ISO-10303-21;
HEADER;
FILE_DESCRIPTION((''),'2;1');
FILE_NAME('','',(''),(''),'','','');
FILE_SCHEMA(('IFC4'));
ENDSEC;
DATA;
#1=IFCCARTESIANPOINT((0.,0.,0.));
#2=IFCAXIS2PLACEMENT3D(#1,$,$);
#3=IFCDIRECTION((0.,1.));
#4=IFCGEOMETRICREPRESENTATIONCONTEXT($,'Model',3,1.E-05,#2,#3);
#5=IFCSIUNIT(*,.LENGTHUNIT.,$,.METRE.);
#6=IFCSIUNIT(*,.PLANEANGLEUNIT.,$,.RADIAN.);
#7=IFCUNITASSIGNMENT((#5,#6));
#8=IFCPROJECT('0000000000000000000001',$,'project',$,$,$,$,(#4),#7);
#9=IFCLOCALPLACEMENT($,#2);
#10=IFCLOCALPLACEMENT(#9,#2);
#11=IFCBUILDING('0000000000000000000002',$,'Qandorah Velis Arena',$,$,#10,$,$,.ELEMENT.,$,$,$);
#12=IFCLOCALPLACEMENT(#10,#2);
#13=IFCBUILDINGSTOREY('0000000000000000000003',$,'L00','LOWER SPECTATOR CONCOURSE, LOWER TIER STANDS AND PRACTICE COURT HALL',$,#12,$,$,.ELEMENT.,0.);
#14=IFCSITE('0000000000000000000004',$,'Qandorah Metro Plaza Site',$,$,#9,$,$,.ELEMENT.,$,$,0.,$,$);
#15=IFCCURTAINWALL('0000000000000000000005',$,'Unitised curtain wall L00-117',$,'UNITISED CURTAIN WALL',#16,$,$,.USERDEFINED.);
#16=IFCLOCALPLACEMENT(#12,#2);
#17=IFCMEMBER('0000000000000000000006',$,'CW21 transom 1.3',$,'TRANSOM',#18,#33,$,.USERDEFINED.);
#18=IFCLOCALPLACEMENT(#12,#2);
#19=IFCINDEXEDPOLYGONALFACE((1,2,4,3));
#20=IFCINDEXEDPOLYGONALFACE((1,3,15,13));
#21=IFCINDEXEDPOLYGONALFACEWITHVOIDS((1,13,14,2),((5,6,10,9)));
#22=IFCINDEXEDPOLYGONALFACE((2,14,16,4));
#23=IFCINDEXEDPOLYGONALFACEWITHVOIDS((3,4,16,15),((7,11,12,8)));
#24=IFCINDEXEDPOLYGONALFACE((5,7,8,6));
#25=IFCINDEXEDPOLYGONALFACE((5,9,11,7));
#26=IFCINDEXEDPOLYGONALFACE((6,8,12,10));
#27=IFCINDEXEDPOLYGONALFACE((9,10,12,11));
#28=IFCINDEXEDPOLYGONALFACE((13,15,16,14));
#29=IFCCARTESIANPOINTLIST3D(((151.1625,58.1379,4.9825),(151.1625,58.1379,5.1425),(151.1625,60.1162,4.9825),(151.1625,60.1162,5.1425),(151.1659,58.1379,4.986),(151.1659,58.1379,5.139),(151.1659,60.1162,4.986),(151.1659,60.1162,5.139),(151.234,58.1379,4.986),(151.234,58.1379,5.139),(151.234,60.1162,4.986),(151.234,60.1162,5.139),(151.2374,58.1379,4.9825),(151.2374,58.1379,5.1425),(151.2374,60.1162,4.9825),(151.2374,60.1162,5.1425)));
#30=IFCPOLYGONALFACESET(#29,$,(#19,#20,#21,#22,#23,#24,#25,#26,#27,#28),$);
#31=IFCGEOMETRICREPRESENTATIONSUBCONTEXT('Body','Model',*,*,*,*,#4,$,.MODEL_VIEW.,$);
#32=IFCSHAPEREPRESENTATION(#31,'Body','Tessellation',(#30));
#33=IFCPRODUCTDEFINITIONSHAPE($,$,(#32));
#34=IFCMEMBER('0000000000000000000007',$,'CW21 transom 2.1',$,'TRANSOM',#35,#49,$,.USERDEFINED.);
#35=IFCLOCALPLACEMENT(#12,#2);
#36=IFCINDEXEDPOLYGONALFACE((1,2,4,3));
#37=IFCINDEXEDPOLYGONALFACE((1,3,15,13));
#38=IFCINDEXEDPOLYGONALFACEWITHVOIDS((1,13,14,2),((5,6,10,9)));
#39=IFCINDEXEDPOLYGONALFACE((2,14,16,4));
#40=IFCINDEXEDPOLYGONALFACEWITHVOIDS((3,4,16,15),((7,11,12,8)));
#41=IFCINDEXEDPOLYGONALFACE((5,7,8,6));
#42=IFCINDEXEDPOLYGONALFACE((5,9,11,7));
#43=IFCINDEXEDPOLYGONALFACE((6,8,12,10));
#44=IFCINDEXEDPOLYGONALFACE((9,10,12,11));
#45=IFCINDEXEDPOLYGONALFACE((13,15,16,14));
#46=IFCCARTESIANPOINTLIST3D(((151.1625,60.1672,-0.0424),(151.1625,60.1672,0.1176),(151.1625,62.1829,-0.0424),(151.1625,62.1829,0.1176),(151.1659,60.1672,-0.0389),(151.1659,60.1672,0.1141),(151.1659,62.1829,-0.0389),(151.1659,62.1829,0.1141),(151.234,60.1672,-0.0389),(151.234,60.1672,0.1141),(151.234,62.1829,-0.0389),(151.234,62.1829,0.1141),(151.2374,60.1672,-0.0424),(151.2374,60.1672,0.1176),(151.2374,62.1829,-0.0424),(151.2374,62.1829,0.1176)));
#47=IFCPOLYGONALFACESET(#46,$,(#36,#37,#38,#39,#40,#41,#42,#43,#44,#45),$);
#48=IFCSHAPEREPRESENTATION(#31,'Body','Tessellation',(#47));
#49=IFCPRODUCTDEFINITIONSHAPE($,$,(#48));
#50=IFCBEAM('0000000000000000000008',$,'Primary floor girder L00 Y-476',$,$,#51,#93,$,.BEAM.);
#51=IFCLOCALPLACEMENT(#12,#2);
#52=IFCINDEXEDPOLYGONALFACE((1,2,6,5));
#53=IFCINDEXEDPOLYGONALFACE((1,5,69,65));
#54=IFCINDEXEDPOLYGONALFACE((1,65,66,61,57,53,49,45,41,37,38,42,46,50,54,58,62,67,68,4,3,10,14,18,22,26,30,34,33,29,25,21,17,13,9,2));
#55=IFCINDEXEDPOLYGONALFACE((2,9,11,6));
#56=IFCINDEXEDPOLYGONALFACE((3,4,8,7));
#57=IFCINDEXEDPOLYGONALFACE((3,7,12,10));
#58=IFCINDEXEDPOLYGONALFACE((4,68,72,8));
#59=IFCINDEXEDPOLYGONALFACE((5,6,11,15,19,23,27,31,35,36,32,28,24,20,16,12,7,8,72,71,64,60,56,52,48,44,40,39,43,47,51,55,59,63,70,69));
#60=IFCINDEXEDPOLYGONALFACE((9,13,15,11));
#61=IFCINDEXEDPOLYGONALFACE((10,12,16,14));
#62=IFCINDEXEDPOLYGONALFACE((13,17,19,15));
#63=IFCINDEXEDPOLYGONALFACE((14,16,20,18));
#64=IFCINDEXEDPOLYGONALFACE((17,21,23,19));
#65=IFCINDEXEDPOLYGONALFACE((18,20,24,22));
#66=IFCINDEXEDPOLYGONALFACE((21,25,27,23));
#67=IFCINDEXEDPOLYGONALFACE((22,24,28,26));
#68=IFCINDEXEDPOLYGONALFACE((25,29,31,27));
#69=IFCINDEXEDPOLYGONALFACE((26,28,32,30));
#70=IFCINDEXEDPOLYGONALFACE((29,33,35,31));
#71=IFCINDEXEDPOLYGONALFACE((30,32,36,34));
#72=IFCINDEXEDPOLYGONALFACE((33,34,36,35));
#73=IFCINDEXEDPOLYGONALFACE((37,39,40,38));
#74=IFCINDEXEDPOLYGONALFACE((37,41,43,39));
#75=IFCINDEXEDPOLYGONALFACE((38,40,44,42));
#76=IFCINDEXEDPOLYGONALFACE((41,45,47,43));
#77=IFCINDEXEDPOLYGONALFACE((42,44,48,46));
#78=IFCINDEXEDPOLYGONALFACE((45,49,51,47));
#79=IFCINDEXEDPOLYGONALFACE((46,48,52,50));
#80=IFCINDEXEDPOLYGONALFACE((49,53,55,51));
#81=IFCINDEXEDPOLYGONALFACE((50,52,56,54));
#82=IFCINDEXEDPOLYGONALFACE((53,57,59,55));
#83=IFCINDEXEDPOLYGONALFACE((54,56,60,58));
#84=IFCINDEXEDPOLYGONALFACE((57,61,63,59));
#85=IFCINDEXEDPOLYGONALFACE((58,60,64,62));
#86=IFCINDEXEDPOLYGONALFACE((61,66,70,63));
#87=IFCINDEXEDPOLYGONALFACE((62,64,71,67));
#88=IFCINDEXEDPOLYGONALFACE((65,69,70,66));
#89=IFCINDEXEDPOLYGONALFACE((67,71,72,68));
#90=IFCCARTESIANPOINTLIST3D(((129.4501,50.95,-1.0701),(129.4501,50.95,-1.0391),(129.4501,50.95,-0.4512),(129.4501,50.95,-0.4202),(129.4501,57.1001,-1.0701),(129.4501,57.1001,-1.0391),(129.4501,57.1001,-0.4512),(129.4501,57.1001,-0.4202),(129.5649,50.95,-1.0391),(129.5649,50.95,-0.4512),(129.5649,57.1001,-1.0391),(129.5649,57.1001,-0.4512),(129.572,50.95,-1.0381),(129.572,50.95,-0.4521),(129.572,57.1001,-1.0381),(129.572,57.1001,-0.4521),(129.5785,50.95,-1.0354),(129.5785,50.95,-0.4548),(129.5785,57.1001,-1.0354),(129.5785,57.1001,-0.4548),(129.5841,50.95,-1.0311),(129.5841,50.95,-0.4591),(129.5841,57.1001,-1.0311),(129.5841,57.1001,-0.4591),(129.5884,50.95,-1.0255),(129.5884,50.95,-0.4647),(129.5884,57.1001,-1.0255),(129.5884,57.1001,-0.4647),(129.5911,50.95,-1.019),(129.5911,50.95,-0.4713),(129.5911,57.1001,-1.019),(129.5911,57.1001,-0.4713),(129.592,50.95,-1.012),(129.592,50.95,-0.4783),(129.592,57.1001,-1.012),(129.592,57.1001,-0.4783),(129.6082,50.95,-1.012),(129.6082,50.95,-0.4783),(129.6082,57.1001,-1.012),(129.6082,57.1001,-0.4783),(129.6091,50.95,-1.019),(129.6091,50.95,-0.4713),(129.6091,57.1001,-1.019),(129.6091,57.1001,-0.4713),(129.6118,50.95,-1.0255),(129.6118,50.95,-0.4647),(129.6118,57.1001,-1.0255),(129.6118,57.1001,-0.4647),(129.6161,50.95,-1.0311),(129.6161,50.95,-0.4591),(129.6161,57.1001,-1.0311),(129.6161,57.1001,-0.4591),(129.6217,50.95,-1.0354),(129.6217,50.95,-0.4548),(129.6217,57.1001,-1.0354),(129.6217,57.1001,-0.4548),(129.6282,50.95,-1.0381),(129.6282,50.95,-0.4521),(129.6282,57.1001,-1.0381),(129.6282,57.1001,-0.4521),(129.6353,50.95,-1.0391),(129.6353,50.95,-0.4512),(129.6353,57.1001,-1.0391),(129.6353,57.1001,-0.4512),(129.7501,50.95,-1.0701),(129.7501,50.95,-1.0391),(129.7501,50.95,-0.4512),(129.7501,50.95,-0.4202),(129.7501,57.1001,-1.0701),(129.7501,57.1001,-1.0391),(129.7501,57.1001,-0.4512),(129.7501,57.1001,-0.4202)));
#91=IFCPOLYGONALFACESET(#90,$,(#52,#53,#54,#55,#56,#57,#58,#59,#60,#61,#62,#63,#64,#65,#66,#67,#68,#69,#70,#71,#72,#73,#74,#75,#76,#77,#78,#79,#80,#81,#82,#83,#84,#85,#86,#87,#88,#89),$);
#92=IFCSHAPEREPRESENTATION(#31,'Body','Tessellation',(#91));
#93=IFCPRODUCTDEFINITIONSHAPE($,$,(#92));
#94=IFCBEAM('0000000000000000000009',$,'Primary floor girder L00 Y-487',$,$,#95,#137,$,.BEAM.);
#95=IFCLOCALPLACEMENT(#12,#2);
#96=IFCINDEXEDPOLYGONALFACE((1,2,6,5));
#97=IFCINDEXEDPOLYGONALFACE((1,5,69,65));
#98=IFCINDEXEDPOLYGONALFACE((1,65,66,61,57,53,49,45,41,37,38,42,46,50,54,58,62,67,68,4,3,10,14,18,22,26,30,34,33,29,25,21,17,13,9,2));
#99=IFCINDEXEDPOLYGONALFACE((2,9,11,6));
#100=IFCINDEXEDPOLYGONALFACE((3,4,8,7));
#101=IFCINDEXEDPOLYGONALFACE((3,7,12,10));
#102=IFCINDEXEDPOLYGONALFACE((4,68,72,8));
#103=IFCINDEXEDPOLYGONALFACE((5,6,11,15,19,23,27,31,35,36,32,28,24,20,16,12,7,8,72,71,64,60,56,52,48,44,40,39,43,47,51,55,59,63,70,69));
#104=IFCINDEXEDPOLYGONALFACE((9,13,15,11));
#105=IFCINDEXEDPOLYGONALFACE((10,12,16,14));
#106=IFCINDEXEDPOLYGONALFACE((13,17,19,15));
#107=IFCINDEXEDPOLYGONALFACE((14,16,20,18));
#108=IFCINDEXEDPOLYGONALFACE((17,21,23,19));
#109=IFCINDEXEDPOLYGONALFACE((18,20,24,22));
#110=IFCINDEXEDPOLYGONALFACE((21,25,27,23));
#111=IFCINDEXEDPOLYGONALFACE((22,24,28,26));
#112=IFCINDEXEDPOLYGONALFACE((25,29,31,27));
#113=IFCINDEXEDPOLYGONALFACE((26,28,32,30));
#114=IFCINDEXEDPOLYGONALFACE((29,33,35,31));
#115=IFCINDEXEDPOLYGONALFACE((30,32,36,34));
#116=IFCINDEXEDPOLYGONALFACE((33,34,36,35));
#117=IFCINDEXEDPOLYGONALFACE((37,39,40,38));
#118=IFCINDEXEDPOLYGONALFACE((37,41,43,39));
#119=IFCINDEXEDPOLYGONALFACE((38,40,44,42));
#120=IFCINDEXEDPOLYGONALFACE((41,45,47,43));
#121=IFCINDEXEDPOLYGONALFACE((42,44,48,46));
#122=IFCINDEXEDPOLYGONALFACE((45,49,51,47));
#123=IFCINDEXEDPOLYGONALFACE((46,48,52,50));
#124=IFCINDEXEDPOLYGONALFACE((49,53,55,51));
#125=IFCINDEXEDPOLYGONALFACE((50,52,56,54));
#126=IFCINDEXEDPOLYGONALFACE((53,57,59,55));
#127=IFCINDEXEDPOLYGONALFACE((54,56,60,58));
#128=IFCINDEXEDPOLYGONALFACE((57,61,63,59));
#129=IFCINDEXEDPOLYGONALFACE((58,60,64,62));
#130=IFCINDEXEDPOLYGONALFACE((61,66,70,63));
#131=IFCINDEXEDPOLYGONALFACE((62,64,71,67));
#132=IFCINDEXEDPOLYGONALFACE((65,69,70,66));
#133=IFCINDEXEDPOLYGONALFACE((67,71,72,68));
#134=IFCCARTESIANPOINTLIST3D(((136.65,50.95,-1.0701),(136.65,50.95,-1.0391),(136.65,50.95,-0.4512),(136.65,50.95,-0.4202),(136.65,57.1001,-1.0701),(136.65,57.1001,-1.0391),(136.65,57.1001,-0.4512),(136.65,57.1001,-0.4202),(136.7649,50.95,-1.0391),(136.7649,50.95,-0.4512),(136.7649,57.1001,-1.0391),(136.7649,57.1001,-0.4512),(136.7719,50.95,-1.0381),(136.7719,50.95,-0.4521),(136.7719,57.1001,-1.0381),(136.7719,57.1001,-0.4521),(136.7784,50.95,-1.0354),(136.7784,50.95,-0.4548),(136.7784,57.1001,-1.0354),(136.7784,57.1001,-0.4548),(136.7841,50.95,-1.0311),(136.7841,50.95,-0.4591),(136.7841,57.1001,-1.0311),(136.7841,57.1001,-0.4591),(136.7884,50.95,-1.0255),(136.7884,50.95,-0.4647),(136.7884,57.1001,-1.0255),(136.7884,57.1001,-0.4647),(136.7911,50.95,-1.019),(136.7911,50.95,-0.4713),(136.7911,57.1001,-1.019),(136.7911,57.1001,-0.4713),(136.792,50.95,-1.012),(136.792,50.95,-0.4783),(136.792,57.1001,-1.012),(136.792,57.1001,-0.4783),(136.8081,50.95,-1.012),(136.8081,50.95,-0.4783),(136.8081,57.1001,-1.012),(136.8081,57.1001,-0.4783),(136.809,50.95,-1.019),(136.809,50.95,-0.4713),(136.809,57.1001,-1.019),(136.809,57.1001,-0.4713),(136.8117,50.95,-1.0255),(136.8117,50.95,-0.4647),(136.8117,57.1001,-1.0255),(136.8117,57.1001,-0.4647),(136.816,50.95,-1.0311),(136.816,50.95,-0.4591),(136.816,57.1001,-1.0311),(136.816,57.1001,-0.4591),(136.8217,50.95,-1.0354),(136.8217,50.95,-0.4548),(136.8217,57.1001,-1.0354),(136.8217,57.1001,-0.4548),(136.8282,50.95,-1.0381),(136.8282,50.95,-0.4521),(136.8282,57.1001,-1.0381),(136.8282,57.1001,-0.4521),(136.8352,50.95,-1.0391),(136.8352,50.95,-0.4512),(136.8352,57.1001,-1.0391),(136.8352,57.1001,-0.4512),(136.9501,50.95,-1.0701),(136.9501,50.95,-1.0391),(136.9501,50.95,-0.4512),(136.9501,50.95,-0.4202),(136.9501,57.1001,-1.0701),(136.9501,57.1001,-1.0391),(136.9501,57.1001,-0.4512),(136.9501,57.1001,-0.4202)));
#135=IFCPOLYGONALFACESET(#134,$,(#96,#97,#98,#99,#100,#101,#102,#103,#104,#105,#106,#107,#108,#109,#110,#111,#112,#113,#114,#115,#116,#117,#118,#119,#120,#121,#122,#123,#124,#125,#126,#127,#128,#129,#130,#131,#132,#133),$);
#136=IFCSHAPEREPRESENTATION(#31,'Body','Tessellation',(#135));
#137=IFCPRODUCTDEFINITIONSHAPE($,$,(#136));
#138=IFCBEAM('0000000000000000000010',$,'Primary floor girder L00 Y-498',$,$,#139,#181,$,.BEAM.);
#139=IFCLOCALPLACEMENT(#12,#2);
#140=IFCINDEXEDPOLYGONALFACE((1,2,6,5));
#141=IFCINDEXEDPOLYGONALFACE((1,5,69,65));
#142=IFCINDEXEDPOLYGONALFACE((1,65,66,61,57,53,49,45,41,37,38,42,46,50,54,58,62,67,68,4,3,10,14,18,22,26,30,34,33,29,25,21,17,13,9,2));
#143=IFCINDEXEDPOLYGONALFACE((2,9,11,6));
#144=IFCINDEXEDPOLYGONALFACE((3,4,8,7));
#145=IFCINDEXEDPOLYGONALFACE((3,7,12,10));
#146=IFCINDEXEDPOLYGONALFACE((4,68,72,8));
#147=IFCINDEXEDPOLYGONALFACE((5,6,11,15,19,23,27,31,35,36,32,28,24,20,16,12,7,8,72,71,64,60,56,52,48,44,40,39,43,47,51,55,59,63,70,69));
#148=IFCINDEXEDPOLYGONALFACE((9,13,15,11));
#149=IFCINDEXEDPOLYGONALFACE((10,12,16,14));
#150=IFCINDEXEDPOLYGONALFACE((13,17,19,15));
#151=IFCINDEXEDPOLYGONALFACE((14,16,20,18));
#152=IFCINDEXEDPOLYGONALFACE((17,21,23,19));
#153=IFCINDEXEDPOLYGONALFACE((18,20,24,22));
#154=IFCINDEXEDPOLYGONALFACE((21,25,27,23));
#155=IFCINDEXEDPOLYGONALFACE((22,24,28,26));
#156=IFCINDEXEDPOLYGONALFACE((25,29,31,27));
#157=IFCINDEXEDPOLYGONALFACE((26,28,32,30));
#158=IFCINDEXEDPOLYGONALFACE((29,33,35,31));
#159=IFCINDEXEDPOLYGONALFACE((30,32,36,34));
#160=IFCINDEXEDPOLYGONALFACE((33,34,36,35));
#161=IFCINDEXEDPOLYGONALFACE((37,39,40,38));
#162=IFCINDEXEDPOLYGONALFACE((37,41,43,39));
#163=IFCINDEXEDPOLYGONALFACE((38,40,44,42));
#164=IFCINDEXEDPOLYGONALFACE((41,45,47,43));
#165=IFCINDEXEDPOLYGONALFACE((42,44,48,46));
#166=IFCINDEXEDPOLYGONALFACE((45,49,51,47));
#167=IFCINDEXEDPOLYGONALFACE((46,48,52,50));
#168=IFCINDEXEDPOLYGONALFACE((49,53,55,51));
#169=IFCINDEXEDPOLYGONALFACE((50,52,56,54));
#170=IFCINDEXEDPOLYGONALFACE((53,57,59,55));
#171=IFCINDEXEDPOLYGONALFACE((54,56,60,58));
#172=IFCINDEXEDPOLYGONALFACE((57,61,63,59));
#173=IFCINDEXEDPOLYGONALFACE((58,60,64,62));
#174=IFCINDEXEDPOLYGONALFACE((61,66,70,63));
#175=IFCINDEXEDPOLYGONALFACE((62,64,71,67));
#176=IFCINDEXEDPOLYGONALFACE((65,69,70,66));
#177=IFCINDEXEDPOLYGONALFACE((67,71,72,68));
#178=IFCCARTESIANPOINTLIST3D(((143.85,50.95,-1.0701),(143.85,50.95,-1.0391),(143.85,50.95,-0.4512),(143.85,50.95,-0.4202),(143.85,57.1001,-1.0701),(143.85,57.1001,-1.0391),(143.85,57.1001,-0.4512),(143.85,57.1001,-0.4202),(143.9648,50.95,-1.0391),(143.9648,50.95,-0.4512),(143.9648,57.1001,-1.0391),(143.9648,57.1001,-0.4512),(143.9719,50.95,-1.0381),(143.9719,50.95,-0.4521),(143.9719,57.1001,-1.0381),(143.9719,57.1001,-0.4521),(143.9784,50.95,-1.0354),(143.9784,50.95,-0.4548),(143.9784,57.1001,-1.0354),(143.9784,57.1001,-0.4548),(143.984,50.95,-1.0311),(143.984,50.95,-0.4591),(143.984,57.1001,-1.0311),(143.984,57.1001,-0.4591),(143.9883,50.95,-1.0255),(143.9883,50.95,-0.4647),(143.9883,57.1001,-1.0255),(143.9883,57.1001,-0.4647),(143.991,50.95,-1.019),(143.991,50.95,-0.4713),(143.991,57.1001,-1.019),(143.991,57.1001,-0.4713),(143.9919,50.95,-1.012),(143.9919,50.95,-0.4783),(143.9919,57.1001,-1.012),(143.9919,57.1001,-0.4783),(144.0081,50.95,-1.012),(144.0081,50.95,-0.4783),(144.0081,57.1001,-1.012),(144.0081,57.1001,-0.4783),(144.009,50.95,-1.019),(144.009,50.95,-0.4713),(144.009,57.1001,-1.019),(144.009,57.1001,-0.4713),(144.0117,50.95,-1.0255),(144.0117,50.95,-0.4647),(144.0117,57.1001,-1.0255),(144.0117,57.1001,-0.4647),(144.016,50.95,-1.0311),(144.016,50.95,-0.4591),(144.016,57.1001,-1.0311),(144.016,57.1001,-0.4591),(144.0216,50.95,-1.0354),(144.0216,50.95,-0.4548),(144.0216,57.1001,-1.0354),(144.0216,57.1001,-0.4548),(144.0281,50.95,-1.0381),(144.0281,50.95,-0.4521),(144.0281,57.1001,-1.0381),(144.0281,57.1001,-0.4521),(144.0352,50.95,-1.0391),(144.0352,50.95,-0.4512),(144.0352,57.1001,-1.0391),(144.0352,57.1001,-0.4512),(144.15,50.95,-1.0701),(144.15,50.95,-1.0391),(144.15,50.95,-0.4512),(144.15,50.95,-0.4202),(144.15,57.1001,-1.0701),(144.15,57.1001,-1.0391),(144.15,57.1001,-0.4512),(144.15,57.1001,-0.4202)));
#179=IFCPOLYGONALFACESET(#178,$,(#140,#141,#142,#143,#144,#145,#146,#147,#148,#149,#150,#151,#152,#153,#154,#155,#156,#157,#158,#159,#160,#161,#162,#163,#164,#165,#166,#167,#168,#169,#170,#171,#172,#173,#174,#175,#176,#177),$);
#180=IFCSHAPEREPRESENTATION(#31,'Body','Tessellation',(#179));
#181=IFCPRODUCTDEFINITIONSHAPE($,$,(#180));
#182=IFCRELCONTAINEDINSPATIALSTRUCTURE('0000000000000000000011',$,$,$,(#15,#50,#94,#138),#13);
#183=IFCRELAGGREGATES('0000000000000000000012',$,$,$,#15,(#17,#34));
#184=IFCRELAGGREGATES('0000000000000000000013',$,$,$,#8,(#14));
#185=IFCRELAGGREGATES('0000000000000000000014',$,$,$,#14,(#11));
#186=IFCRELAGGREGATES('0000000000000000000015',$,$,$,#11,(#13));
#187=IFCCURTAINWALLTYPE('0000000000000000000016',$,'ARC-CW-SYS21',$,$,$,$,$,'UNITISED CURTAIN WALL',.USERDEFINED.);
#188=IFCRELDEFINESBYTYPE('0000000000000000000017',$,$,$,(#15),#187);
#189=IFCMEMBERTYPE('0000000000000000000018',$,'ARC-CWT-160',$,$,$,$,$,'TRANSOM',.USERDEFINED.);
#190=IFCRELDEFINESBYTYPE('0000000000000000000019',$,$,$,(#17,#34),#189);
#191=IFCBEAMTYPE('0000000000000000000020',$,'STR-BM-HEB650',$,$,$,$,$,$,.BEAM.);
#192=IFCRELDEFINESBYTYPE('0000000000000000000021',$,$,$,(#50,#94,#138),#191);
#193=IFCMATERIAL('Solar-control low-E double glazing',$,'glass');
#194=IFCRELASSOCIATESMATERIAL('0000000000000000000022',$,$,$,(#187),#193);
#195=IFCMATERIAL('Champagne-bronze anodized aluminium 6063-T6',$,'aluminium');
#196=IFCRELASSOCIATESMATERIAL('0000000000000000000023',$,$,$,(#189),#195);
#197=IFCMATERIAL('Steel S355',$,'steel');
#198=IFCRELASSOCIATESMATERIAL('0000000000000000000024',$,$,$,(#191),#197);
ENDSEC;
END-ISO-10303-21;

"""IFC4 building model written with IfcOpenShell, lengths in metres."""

from ifc_helpers import new_model, si_unit, direction, frame, origin, origin_2d, place, context, subcontext, project, spatial, hollow_rectangle, i_section, extrude, material, material_profile, profile_set, type_object, element, aggregate, save


model = new_model("IFC4")

# Units and contexts
model_context = context("Model", 3, precision=1e-05, world=origin(), true_north=direction((0.0, 1.0)))
body_context = subcontext(model_context, "Body", "Model", "MODEL_VIEW")
ifc_project = project(units=[si_unit("LENGTHUNIT", "METRE"), si_unit("PLANEANGLEUNIT", "RADIAN")], contexts=[model_context])

# Site, building, storey
site_placement = place(None, origin())
site = spatial("IfcSite", under=ifc_project, at=site_placement, Name="Qandorah Metro Plaza Site", CompositionType="ELEMENT", RefElevation=0.0)
building_placement = place(site_placement, origin())
building = spatial("IfcBuilding", under=site, at=building_placement, Name="Qandorah Velis Arena", CompositionType="ELEMENT")
storey_placement = place(building_placement, origin())
storey = spatial("IfcBuildingStorey", under=building, at=storey_placement, Name="L00", Description="LOWER SPECTATOR CONCOURSE, LOWER TIER STANDS AND PRACTICE COURT HALL", CompositionType="ELEMENT", Elevation=0.0)

# Curtain wall, members
ifc_material_1 = material(Name="Solar-control low-E double glazing", Category="glass")
curtain_wall_type = type_object("IfcCurtainWallType", Name="ARC-CW-SYS21", ElementType="UNITISED CURTAIN WALL", PredefinedType="USERDEFINED", material=ifc_material_1)
curtain_wall_placement = place(storey_placement, origin())
curtain_wall = element("IfcCurtainWall", 1, at=curtain_wall_placement, inside=storey, type_object=curtain_wall_type, Name="Unitised curtain wall L00-117", ObjectType="UNITISED CURTAIN WALL", PredefinedType="USERDEFINED")
ifc_material_2 = material(Name="Champagne-bronze anodized aluminium 6063-T6", Category="aluminium")
ifc_material_profile_1 = material_profile(ifc_material_2, hollow_rectangle(XDim=0.075, YDim=0.1599, WallThickness=0.0034, at=origin_2d()), Name="ALU TRANSOM 75x160")
ifc_profile_set_1 = profile_set([ifc_material_profile_1], Name="Champagne-bronze anodized aluminium 6063-T6")
member_type_1 = type_object("IfcMemberType", Name="ARC-CWT-160", ElementType="TRANSOM", PredefinedType="USERDEFINED", material=ifc_profile_set_1)
member_1_placement = place(storey_placement, frame((151.2, 58.1379, 5.0625), z_axis=(0.0, 1.0, 0.0), x_axis=(-1.0, 0.0, 0.0)))
member_1 = element("IfcMember", 2, at=member_1_placement, type_object=member_type_1, Name="CW21 transom 1.3", ObjectType="TRANSOM", PredefinedType="USERDEFINED", context=body_context, shape_type="SweptSolid", body=[
    extrude(hollow_rectangle(XDim=0.075, YDim=0.1599, WallThickness=0.0034, at=origin_2d()), origin(), (0.0, 0.0, 1.0), 1.9783),
])
member_2_placement = place(storey_placement, frame((151.2, 60.1672, 0.0376), z_axis=(0.0, 1.0, 0.0), x_axis=(-1.0, 0.0, 0.0)))
member_2 = element("IfcMember", 3, at=member_2_placement, type_object=member_type_1, Name="CW21 transom 2.1", ObjectType="TRANSOM", PredefinedType="USERDEFINED", context=body_context, shape_type="SweptSolid", body=[
    extrude(hollow_rectangle(XDim=0.075, YDim=0.1599, WallThickness=0.0034, at=origin_2d()), origin(), (0.0, 0.0, 1.0), 2.0156),
])

# Beams
ifc_material_3 = material(Name="Steel S355", Category="steel")
ifc_material_profile_2 = material_profile(ifc_material_3, i_section(OverallWidth=0.3, OverallDepth=0.6499, WebThickness=0.0161, FlangeThickness=0.031, FilletRadius=0.0271, at=origin_2d()), Name="HEB 650")
ifc_profile_set_2 = profile_set([ifc_material_profile_2], Name="Steel S355")
beam_type_1 = type_object("IfcBeamType", Name="STR-BM-HEB650", PredefinedType="BEAM", material=ifc_profile_set_2)
for number, where, z_axis, x_axis, name in (
    (4, (129.6001, 50.95, -0.7451), (0.0, 1.0, 0.0), (-1.0, 0.0, 0.0), "Primary floor girder L00 Y-476"),
    (5, (136.8, 50.95, -0.7451), (0.0, 1.0, 0.0), (-1.0, 0.0, 0.0), "Primary floor girder L00 Y-487"),
    (6, (144.0, 50.95, -0.7451), (0.0, 1.0, 0.0), (-1.0, 0.0, 0.0), "Primary floor girder L00 Y-498"),
):
    element("IfcBeam", number, at=place(storey_placement, frame(where, z_axis=z_axis, x_axis=x_axis)), inside=storey, type_object=beam_type_1, Name=name, PredefinedType="BEAM", context=body_context, shape_type="SweptSolid", body=[
        extrude(i_section(OverallWidth=0.3, OverallDepth=0.6499, WebThickness=0.0161, FlangeThickness=0.031, FilletRadius=0.0271, at=origin_2d()), origin(), (0.0, 0.0, 1.0), 6.1501),
    ])

aggregate(curtain_wall, [member_1, member_2])

save(model, "model.ifc")
